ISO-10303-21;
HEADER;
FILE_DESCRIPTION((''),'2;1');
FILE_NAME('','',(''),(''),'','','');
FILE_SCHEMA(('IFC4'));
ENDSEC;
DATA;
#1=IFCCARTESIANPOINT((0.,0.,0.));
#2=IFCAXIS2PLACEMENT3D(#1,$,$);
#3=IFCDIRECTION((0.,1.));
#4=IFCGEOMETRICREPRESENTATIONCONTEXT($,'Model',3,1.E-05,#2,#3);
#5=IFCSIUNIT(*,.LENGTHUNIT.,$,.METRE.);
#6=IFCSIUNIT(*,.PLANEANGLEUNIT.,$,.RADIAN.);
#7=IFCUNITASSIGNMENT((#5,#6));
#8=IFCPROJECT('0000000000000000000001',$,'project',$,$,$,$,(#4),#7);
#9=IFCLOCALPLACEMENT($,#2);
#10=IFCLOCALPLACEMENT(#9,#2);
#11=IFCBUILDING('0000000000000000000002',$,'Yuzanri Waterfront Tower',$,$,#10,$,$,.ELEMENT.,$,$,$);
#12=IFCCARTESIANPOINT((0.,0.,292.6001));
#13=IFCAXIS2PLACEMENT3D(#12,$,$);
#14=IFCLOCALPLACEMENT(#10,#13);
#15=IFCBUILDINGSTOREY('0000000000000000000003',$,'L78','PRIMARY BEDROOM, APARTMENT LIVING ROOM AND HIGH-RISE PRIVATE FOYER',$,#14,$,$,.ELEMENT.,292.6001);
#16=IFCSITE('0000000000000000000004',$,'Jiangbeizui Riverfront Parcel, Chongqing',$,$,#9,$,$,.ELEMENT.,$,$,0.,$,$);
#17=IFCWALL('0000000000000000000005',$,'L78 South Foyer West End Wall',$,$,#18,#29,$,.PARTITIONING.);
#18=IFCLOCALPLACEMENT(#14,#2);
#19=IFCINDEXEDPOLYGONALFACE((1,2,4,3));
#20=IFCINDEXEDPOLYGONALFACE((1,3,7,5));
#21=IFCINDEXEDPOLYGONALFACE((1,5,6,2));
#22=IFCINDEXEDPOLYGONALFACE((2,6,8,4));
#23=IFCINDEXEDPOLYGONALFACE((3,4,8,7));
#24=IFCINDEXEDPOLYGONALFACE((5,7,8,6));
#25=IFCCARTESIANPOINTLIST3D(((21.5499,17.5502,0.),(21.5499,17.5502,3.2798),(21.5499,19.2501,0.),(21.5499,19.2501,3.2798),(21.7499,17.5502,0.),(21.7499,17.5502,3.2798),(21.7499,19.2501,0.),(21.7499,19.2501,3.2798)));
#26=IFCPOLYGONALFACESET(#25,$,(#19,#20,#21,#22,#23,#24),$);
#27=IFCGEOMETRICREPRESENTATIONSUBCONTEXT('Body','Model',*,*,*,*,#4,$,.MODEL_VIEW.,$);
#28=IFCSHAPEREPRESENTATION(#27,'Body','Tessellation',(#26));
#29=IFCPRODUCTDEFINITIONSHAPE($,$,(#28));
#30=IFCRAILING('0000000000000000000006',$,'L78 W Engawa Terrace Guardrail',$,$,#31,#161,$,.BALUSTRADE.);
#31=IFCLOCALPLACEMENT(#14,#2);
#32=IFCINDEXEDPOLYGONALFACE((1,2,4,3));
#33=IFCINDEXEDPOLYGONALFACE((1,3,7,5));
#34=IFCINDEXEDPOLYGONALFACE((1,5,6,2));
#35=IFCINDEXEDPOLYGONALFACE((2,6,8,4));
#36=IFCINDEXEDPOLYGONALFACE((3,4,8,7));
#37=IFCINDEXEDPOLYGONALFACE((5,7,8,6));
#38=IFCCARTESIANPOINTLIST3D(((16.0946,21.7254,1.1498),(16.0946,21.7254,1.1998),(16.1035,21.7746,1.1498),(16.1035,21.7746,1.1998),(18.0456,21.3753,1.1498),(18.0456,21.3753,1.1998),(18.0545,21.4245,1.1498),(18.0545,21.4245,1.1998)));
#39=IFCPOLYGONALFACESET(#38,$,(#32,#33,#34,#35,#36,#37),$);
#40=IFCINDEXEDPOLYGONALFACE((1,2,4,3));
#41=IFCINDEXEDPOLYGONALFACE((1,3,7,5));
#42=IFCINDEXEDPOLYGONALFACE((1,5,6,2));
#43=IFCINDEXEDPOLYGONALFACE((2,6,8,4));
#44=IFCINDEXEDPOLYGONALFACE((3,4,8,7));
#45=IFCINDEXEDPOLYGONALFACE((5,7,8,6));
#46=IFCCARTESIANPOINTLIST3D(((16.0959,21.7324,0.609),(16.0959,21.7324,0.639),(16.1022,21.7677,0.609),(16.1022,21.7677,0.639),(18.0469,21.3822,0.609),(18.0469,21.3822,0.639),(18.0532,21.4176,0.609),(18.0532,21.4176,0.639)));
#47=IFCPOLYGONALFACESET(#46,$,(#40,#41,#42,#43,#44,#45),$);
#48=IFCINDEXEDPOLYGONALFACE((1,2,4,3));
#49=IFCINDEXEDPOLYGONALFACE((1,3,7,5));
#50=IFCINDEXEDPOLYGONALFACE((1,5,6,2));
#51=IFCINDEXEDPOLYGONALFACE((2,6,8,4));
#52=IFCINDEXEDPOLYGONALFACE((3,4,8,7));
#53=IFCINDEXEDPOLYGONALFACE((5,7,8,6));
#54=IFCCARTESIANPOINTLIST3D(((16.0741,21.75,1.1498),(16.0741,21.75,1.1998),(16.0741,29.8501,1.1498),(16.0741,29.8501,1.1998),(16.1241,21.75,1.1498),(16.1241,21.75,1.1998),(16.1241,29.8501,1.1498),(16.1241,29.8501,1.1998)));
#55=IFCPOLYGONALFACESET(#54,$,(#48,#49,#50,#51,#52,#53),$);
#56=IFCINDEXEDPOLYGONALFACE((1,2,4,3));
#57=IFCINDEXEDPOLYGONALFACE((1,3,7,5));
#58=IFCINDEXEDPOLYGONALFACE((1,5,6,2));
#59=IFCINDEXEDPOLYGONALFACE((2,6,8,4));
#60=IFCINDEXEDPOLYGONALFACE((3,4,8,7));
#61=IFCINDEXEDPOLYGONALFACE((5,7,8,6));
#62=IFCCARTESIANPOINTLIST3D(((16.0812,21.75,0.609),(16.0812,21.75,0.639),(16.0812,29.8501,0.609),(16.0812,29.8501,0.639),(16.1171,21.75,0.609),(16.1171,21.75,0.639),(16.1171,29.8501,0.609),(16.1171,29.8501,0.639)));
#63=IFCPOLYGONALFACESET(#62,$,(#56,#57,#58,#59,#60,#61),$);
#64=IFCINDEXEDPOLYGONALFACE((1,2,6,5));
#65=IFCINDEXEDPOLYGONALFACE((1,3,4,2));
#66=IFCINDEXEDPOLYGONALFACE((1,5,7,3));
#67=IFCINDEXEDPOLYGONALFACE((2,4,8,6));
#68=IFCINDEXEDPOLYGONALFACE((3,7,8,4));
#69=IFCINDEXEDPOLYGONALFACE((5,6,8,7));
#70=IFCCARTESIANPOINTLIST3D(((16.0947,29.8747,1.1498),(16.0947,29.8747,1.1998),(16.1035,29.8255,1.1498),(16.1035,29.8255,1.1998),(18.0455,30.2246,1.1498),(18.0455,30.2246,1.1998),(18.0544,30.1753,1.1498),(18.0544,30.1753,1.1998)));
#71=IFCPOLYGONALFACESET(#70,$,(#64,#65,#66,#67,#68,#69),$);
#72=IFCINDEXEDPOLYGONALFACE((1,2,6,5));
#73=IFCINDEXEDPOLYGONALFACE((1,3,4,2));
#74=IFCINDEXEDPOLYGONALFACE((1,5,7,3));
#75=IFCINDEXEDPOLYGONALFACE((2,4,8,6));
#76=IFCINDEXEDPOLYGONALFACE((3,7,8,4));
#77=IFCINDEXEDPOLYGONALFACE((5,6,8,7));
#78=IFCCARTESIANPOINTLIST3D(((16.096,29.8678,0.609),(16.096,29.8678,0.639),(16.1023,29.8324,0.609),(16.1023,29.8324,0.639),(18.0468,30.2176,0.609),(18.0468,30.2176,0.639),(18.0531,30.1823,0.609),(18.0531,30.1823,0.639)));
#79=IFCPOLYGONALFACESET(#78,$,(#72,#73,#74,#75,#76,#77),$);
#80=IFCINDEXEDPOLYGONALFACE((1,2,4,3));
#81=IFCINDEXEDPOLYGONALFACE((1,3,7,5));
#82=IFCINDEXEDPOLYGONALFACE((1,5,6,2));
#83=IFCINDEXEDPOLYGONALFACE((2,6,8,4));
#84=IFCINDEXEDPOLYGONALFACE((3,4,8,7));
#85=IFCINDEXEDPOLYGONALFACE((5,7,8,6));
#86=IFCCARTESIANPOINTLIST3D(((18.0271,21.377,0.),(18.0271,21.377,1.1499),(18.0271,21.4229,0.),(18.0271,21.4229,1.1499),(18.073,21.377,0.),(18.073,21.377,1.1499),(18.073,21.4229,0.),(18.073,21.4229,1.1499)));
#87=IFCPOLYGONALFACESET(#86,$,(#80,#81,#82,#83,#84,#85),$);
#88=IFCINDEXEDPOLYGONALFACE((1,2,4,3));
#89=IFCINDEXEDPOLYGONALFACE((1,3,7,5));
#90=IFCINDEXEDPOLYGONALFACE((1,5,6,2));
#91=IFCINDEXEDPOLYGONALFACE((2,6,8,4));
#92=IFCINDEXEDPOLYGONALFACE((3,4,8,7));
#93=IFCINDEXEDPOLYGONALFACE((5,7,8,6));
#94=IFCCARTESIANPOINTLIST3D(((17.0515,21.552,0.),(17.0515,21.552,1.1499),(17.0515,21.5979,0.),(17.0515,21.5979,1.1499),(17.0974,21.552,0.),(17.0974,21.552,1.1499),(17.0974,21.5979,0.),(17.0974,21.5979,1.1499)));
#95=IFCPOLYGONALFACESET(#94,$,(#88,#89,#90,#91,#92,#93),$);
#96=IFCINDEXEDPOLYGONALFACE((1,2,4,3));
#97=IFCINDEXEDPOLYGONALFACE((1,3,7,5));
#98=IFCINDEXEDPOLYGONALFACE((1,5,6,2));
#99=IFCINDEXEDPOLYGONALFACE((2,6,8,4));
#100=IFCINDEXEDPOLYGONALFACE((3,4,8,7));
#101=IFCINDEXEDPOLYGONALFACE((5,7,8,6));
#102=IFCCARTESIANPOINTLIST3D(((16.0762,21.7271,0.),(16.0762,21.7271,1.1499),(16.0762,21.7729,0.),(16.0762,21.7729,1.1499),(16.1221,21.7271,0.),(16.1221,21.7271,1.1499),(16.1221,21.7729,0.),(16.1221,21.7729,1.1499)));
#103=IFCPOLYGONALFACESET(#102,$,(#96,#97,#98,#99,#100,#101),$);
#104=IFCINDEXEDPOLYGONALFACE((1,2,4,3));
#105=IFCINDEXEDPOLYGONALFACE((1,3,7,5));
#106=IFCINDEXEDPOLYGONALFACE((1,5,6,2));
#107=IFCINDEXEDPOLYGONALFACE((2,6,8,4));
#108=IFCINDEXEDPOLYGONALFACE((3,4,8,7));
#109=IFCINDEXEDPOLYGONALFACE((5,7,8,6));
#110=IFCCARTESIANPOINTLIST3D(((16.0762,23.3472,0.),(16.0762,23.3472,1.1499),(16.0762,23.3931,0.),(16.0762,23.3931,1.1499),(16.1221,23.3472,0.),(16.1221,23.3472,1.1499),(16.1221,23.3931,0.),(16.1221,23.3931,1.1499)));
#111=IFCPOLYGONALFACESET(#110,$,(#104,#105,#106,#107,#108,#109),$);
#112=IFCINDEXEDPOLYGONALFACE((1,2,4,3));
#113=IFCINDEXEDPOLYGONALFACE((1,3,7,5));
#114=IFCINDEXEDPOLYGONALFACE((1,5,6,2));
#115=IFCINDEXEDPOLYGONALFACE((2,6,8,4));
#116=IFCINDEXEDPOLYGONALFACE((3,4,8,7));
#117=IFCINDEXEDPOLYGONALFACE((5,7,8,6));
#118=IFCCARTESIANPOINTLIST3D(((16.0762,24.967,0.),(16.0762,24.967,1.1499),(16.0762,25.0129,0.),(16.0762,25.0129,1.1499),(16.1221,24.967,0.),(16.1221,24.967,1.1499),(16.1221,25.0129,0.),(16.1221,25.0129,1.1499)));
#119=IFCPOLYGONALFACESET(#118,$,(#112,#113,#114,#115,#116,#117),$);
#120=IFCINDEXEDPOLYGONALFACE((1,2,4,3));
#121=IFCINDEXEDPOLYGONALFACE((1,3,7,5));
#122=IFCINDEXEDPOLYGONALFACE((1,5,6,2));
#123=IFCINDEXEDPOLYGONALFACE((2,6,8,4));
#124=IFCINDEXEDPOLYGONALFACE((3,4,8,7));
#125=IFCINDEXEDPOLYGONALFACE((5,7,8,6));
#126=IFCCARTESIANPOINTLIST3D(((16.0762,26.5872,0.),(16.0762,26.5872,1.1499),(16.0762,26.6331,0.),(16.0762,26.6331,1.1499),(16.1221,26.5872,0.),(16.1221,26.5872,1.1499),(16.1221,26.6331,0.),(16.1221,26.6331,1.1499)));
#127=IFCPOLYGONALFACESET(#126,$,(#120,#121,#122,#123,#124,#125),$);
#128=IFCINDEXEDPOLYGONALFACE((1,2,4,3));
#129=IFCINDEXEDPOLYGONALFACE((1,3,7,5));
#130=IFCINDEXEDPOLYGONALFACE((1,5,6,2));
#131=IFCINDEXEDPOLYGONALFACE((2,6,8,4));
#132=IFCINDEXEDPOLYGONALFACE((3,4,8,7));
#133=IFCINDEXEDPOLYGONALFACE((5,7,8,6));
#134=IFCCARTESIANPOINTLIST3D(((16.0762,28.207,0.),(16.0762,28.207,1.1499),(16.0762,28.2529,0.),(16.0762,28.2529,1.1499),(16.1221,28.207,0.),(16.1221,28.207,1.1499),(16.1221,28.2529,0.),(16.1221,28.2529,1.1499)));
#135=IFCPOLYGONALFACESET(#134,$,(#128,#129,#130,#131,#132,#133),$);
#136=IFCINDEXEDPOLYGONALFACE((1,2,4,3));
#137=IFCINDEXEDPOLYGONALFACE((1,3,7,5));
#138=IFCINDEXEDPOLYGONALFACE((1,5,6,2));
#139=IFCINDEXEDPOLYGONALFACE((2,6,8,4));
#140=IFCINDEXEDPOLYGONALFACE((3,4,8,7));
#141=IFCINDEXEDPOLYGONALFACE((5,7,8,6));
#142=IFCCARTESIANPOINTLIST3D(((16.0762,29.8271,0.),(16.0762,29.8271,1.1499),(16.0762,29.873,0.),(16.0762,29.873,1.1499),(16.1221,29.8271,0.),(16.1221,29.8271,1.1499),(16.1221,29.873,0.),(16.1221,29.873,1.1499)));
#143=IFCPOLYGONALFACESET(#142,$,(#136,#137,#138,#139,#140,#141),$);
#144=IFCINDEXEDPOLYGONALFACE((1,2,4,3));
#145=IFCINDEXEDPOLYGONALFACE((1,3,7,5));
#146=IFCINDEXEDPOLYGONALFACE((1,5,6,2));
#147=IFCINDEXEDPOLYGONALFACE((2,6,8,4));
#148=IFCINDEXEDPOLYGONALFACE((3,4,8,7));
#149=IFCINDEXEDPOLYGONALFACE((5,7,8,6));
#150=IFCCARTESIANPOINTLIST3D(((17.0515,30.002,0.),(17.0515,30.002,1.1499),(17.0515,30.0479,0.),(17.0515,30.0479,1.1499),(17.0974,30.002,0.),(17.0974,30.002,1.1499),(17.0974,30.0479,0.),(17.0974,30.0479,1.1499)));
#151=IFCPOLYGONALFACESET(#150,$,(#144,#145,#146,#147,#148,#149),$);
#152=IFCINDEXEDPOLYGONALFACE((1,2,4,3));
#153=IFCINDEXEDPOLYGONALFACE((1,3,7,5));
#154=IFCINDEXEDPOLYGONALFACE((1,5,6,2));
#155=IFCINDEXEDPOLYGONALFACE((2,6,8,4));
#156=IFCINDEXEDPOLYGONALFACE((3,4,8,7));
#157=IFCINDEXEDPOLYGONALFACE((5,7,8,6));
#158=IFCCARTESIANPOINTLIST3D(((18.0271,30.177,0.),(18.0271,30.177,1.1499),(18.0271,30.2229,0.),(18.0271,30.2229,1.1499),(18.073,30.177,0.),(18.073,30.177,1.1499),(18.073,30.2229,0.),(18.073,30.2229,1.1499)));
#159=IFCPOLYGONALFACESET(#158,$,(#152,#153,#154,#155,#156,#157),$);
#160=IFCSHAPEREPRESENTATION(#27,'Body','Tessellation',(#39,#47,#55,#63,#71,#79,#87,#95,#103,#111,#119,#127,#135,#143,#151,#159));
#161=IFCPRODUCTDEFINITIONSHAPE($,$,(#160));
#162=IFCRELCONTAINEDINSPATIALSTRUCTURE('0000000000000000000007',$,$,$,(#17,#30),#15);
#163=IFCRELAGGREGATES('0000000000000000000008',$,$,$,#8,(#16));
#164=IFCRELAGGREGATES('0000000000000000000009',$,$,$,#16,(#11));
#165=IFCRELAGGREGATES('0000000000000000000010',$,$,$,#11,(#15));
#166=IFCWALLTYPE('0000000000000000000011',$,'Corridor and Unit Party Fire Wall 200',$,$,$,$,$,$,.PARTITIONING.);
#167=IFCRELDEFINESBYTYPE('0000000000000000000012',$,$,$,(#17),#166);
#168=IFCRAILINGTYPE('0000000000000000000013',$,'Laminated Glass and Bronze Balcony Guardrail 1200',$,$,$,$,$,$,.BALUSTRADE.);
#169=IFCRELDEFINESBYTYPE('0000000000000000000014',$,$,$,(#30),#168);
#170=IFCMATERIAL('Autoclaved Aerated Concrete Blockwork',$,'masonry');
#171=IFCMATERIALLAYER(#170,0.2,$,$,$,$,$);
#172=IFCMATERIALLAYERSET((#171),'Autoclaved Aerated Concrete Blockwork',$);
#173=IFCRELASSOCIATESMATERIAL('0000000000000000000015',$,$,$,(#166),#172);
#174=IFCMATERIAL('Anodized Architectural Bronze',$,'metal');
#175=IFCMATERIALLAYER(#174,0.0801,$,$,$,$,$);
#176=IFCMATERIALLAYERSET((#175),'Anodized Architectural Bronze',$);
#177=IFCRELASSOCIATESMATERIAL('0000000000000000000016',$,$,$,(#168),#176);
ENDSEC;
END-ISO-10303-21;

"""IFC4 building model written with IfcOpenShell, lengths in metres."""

from ifc_helpers import new_model, si_unit, direction, frame, frame_2d, origin, origin_2d, place, context, subcontext, project, spatial, rectangle, extrude, source, transform, mapped, material, layer, layer_set, type_object, element, save


model = new_model("IFC4")

# Units and contexts
model_context = context("Model", 3, precision=1e-05, world=origin(), true_north=direction((0.0, 1.0)))
body_context = subcontext(model_context, "Body", "Model", "MODEL_VIEW")
ifc_project = project(units=[si_unit("LENGTHUNIT", "METRE"), si_unit("PLANEANGLEUNIT", "RADIAN")], contexts=[model_context])

# Site, building, storey
site_placement = place(None, origin())
site = spatial("IfcSite", under=ifc_project, at=site_placement, Name="Jiangbeizui Riverfront Parcel, Chongqing", CompositionType="ELEMENT", RefElevation=0.0)
building_placement = place(site_placement, origin())
building = spatial("IfcBuilding", under=site, at=building_placement, Name="Yuzanri Waterfront Tower", CompositionType="ELEMENT")
storey_placement = place(building_placement, frame((0.0, 0.0, 292.6001)))
storey = spatial("IfcBuildingStorey", under=building, at=storey_placement, Name="L78", Description="PRIMARY BEDROOM, APARTMENT LIVING ROOM AND HIGH-RISE PRIVATE FOYER", CompositionType="ELEMENT", Elevation=292.6001)

# Shared definitions
ifc_material_1 = material(Name="Autoclaved Aerated Concrete Blockwork", Category="masonry")
ifc_layer_1 = layer(ifc_material_1, 0.2)
ifc_layer_set_1 = layer_set([ifc_layer_1], Name="Autoclaved Aerated Concrete Blockwork")
wall_type_1 = type_object("IfcWallType", Name="Corridor and Unit Party Fire Wall 200", PredefinedType="PARTITIONING", material=ifc_layer_set_1)

# Wall
shared_shape_1 = source(origin(), body_context, "Body", "SweptSolid", [
    extrude(rectangle(XDim=1.7, YDim=0.2, at=frame_2d((0.8501, 0.0))), origin(), (0.0, 0.0, 1.0), 3.2798),
])
wall_1_placement = place(storey_placement, frame((21.6499, 17.55, 0.0), z_axis=(0.0, 0.0, 1.0), x_axis=(0.0, 1.0, 0.0)))
element("IfcWall", 1, at=wall_1_placement, inside=storey, type_object=wall_type_1, Name="L78 South Foyer West End Wall", PredefinedType="PARTITIONING", context=body_context, shape_type="MappedRepresentation", body=[
    mapped(shared_shape_1, transform((0.0, 0.0, 0.0), scale=1.0)),
])

# Railing
ifc_material_2 = material(Name="Anodized Architectural Bronze", Category="metal")
ifc_layer_2 = layer(ifc_material_2, 0.0801)
ifc_layer_set_2 = layer_set([ifc_layer_2], Name="Anodized Architectural Bronze")
railing_type = type_object("IfcRailingType", Name="Laminated Glass and Bronze Balcony Guardrail 1200", PredefinedType="BALUSTRADE", material=ifc_layer_set_2)
shared_shape_2 = source(origin(), body_context, "Body", "SweptSolid", [
    extrude(rectangle(XDim=0.05, YDim=0.05, at=origin_2d()), frame((0.0, 0.0, 1.1748), z_axis=(-0.984277, 0.17663, 0.0), x_axis=(-0.17663, -0.984277, 0.0)), (0.0, 0.0, 1.0), 1.9822),
    extrude(rectangle(XDim=0.0359, YDim=0.03, at=origin_2d()), frame((0.0, 0.0, 0.624), z_axis=(-0.984277, 0.17663, 0.0), x_axis=(-0.17663, -0.984277, 0.0)), (0.0, 0.0, 1.0), 1.9822),
    extrude(rectangle(XDim=0.05, YDim=0.05, at=origin_2d()), frame((-1.9509, 0.3501, 1.1748), z_axis=(0.0, 1.0, 0.0), x_axis=(-1.0, 0.0, 0.0)), (0.0, 0.0, 1.0), 8.1001),
    extrude(rectangle(XDim=0.0359, YDim=0.03, at=origin_2d()), frame((-1.9509, 0.3501, 0.624), z_axis=(0.0, 1.0, 0.0), x_axis=(-1.0, 0.0, 0.0)), (0.0, 0.0, 1.0), 8.1001),
    extrude(rectangle(XDim=0.05, YDim=0.05, at=origin_2d()), frame((-1.9509, 8.4502, 1.1748), z_axis=(0.984299, 0.176511, 0.0), x_axis=(-0.176511, 0.984299, 0.0)), (0.0, 0.0, 1.0), 1.9819),
    extrude(rectangle(XDim=0.0359, YDim=0.03, at=origin_2d()), frame((-1.9509, 8.4502, 0.624), z_axis=(0.984299, 0.176511, 0.0), x_axis=(-0.176511, 0.984299, 0.0)), (0.0, 0.0, 1.0), 1.9819),
    extrude(rectangle(XDim=0.0459, YDim=0.0459, at=origin_2d()), origin(), (0.0, 0.0, 1.0), 1.1499),
    extrude(rectangle(XDim=0.0459, YDim=0.0459, at=origin_2d()), frame((-0.9756, 0.175, 0.0)), (0.0, 0.0, 1.0), 1.1499),
    extrude(rectangle(XDim=0.0459, YDim=0.0459, at=origin_2d()), frame((-1.9509, 0.3501, 0.0)), (0.0, 0.0, 1.0), 1.1499),
    extrude(rectangle(XDim=0.0459, YDim=0.0459, at=origin_2d()), frame((-1.9509, 1.9702, 0.0)), (0.0, 0.0, 1.0), 1.1499),
    extrude(rectangle(XDim=0.0459, YDim=0.0459, at=origin_2d()), frame((-1.9509, 3.5901, 0.0)), (0.0, 0.0, 1.0), 1.1499),
    extrude(rectangle(XDim=0.0459, YDim=0.0459, at=origin_2d()), frame((-1.9509, 5.2102, 0.0)), (0.0, 0.0, 1.0), 1.1499),
    extrude(rectangle(XDim=0.0459, YDim=0.0459, at=origin_2d()), frame((-1.9509, 6.8301, 0.0)), (0.0, 0.0, 1.0), 1.1499),
    extrude(rectangle(XDim=0.0459, YDim=0.0459, at=origin_2d()), frame((-1.9509, 8.4502, 0.0)), (0.0, 0.0, 1.0), 1.1499),
    extrude(rectangle(XDim=0.0459, YDim=0.0459, at=origin_2d()), frame((-0.9756, 8.625, 0.0)), (0.0, 0.0, 1.0), 1.1499),
    extrude(rectangle(XDim=0.0459, YDim=0.0459, at=origin_2d()), frame((0.0, 8.8, 0.0)), (0.0, 0.0, 1.0), 1.1499),
])
railing_placement = place(storey_placement, frame((18.05, 21.3999, 0.0)))
element("IfcRailing", 2, at=railing_placement, inside=storey, type_object=railing_type, Name="L78 W Engawa Terrace Guardrail", PredefinedType="BALUSTRADE", context=body_context, shape_type="MappedRepresentation", body=[
    mapped(shared_shape_2, transform((0.0, 0.0, 0.0), scale=1.0)),
])

save(model, "model.ifc")
